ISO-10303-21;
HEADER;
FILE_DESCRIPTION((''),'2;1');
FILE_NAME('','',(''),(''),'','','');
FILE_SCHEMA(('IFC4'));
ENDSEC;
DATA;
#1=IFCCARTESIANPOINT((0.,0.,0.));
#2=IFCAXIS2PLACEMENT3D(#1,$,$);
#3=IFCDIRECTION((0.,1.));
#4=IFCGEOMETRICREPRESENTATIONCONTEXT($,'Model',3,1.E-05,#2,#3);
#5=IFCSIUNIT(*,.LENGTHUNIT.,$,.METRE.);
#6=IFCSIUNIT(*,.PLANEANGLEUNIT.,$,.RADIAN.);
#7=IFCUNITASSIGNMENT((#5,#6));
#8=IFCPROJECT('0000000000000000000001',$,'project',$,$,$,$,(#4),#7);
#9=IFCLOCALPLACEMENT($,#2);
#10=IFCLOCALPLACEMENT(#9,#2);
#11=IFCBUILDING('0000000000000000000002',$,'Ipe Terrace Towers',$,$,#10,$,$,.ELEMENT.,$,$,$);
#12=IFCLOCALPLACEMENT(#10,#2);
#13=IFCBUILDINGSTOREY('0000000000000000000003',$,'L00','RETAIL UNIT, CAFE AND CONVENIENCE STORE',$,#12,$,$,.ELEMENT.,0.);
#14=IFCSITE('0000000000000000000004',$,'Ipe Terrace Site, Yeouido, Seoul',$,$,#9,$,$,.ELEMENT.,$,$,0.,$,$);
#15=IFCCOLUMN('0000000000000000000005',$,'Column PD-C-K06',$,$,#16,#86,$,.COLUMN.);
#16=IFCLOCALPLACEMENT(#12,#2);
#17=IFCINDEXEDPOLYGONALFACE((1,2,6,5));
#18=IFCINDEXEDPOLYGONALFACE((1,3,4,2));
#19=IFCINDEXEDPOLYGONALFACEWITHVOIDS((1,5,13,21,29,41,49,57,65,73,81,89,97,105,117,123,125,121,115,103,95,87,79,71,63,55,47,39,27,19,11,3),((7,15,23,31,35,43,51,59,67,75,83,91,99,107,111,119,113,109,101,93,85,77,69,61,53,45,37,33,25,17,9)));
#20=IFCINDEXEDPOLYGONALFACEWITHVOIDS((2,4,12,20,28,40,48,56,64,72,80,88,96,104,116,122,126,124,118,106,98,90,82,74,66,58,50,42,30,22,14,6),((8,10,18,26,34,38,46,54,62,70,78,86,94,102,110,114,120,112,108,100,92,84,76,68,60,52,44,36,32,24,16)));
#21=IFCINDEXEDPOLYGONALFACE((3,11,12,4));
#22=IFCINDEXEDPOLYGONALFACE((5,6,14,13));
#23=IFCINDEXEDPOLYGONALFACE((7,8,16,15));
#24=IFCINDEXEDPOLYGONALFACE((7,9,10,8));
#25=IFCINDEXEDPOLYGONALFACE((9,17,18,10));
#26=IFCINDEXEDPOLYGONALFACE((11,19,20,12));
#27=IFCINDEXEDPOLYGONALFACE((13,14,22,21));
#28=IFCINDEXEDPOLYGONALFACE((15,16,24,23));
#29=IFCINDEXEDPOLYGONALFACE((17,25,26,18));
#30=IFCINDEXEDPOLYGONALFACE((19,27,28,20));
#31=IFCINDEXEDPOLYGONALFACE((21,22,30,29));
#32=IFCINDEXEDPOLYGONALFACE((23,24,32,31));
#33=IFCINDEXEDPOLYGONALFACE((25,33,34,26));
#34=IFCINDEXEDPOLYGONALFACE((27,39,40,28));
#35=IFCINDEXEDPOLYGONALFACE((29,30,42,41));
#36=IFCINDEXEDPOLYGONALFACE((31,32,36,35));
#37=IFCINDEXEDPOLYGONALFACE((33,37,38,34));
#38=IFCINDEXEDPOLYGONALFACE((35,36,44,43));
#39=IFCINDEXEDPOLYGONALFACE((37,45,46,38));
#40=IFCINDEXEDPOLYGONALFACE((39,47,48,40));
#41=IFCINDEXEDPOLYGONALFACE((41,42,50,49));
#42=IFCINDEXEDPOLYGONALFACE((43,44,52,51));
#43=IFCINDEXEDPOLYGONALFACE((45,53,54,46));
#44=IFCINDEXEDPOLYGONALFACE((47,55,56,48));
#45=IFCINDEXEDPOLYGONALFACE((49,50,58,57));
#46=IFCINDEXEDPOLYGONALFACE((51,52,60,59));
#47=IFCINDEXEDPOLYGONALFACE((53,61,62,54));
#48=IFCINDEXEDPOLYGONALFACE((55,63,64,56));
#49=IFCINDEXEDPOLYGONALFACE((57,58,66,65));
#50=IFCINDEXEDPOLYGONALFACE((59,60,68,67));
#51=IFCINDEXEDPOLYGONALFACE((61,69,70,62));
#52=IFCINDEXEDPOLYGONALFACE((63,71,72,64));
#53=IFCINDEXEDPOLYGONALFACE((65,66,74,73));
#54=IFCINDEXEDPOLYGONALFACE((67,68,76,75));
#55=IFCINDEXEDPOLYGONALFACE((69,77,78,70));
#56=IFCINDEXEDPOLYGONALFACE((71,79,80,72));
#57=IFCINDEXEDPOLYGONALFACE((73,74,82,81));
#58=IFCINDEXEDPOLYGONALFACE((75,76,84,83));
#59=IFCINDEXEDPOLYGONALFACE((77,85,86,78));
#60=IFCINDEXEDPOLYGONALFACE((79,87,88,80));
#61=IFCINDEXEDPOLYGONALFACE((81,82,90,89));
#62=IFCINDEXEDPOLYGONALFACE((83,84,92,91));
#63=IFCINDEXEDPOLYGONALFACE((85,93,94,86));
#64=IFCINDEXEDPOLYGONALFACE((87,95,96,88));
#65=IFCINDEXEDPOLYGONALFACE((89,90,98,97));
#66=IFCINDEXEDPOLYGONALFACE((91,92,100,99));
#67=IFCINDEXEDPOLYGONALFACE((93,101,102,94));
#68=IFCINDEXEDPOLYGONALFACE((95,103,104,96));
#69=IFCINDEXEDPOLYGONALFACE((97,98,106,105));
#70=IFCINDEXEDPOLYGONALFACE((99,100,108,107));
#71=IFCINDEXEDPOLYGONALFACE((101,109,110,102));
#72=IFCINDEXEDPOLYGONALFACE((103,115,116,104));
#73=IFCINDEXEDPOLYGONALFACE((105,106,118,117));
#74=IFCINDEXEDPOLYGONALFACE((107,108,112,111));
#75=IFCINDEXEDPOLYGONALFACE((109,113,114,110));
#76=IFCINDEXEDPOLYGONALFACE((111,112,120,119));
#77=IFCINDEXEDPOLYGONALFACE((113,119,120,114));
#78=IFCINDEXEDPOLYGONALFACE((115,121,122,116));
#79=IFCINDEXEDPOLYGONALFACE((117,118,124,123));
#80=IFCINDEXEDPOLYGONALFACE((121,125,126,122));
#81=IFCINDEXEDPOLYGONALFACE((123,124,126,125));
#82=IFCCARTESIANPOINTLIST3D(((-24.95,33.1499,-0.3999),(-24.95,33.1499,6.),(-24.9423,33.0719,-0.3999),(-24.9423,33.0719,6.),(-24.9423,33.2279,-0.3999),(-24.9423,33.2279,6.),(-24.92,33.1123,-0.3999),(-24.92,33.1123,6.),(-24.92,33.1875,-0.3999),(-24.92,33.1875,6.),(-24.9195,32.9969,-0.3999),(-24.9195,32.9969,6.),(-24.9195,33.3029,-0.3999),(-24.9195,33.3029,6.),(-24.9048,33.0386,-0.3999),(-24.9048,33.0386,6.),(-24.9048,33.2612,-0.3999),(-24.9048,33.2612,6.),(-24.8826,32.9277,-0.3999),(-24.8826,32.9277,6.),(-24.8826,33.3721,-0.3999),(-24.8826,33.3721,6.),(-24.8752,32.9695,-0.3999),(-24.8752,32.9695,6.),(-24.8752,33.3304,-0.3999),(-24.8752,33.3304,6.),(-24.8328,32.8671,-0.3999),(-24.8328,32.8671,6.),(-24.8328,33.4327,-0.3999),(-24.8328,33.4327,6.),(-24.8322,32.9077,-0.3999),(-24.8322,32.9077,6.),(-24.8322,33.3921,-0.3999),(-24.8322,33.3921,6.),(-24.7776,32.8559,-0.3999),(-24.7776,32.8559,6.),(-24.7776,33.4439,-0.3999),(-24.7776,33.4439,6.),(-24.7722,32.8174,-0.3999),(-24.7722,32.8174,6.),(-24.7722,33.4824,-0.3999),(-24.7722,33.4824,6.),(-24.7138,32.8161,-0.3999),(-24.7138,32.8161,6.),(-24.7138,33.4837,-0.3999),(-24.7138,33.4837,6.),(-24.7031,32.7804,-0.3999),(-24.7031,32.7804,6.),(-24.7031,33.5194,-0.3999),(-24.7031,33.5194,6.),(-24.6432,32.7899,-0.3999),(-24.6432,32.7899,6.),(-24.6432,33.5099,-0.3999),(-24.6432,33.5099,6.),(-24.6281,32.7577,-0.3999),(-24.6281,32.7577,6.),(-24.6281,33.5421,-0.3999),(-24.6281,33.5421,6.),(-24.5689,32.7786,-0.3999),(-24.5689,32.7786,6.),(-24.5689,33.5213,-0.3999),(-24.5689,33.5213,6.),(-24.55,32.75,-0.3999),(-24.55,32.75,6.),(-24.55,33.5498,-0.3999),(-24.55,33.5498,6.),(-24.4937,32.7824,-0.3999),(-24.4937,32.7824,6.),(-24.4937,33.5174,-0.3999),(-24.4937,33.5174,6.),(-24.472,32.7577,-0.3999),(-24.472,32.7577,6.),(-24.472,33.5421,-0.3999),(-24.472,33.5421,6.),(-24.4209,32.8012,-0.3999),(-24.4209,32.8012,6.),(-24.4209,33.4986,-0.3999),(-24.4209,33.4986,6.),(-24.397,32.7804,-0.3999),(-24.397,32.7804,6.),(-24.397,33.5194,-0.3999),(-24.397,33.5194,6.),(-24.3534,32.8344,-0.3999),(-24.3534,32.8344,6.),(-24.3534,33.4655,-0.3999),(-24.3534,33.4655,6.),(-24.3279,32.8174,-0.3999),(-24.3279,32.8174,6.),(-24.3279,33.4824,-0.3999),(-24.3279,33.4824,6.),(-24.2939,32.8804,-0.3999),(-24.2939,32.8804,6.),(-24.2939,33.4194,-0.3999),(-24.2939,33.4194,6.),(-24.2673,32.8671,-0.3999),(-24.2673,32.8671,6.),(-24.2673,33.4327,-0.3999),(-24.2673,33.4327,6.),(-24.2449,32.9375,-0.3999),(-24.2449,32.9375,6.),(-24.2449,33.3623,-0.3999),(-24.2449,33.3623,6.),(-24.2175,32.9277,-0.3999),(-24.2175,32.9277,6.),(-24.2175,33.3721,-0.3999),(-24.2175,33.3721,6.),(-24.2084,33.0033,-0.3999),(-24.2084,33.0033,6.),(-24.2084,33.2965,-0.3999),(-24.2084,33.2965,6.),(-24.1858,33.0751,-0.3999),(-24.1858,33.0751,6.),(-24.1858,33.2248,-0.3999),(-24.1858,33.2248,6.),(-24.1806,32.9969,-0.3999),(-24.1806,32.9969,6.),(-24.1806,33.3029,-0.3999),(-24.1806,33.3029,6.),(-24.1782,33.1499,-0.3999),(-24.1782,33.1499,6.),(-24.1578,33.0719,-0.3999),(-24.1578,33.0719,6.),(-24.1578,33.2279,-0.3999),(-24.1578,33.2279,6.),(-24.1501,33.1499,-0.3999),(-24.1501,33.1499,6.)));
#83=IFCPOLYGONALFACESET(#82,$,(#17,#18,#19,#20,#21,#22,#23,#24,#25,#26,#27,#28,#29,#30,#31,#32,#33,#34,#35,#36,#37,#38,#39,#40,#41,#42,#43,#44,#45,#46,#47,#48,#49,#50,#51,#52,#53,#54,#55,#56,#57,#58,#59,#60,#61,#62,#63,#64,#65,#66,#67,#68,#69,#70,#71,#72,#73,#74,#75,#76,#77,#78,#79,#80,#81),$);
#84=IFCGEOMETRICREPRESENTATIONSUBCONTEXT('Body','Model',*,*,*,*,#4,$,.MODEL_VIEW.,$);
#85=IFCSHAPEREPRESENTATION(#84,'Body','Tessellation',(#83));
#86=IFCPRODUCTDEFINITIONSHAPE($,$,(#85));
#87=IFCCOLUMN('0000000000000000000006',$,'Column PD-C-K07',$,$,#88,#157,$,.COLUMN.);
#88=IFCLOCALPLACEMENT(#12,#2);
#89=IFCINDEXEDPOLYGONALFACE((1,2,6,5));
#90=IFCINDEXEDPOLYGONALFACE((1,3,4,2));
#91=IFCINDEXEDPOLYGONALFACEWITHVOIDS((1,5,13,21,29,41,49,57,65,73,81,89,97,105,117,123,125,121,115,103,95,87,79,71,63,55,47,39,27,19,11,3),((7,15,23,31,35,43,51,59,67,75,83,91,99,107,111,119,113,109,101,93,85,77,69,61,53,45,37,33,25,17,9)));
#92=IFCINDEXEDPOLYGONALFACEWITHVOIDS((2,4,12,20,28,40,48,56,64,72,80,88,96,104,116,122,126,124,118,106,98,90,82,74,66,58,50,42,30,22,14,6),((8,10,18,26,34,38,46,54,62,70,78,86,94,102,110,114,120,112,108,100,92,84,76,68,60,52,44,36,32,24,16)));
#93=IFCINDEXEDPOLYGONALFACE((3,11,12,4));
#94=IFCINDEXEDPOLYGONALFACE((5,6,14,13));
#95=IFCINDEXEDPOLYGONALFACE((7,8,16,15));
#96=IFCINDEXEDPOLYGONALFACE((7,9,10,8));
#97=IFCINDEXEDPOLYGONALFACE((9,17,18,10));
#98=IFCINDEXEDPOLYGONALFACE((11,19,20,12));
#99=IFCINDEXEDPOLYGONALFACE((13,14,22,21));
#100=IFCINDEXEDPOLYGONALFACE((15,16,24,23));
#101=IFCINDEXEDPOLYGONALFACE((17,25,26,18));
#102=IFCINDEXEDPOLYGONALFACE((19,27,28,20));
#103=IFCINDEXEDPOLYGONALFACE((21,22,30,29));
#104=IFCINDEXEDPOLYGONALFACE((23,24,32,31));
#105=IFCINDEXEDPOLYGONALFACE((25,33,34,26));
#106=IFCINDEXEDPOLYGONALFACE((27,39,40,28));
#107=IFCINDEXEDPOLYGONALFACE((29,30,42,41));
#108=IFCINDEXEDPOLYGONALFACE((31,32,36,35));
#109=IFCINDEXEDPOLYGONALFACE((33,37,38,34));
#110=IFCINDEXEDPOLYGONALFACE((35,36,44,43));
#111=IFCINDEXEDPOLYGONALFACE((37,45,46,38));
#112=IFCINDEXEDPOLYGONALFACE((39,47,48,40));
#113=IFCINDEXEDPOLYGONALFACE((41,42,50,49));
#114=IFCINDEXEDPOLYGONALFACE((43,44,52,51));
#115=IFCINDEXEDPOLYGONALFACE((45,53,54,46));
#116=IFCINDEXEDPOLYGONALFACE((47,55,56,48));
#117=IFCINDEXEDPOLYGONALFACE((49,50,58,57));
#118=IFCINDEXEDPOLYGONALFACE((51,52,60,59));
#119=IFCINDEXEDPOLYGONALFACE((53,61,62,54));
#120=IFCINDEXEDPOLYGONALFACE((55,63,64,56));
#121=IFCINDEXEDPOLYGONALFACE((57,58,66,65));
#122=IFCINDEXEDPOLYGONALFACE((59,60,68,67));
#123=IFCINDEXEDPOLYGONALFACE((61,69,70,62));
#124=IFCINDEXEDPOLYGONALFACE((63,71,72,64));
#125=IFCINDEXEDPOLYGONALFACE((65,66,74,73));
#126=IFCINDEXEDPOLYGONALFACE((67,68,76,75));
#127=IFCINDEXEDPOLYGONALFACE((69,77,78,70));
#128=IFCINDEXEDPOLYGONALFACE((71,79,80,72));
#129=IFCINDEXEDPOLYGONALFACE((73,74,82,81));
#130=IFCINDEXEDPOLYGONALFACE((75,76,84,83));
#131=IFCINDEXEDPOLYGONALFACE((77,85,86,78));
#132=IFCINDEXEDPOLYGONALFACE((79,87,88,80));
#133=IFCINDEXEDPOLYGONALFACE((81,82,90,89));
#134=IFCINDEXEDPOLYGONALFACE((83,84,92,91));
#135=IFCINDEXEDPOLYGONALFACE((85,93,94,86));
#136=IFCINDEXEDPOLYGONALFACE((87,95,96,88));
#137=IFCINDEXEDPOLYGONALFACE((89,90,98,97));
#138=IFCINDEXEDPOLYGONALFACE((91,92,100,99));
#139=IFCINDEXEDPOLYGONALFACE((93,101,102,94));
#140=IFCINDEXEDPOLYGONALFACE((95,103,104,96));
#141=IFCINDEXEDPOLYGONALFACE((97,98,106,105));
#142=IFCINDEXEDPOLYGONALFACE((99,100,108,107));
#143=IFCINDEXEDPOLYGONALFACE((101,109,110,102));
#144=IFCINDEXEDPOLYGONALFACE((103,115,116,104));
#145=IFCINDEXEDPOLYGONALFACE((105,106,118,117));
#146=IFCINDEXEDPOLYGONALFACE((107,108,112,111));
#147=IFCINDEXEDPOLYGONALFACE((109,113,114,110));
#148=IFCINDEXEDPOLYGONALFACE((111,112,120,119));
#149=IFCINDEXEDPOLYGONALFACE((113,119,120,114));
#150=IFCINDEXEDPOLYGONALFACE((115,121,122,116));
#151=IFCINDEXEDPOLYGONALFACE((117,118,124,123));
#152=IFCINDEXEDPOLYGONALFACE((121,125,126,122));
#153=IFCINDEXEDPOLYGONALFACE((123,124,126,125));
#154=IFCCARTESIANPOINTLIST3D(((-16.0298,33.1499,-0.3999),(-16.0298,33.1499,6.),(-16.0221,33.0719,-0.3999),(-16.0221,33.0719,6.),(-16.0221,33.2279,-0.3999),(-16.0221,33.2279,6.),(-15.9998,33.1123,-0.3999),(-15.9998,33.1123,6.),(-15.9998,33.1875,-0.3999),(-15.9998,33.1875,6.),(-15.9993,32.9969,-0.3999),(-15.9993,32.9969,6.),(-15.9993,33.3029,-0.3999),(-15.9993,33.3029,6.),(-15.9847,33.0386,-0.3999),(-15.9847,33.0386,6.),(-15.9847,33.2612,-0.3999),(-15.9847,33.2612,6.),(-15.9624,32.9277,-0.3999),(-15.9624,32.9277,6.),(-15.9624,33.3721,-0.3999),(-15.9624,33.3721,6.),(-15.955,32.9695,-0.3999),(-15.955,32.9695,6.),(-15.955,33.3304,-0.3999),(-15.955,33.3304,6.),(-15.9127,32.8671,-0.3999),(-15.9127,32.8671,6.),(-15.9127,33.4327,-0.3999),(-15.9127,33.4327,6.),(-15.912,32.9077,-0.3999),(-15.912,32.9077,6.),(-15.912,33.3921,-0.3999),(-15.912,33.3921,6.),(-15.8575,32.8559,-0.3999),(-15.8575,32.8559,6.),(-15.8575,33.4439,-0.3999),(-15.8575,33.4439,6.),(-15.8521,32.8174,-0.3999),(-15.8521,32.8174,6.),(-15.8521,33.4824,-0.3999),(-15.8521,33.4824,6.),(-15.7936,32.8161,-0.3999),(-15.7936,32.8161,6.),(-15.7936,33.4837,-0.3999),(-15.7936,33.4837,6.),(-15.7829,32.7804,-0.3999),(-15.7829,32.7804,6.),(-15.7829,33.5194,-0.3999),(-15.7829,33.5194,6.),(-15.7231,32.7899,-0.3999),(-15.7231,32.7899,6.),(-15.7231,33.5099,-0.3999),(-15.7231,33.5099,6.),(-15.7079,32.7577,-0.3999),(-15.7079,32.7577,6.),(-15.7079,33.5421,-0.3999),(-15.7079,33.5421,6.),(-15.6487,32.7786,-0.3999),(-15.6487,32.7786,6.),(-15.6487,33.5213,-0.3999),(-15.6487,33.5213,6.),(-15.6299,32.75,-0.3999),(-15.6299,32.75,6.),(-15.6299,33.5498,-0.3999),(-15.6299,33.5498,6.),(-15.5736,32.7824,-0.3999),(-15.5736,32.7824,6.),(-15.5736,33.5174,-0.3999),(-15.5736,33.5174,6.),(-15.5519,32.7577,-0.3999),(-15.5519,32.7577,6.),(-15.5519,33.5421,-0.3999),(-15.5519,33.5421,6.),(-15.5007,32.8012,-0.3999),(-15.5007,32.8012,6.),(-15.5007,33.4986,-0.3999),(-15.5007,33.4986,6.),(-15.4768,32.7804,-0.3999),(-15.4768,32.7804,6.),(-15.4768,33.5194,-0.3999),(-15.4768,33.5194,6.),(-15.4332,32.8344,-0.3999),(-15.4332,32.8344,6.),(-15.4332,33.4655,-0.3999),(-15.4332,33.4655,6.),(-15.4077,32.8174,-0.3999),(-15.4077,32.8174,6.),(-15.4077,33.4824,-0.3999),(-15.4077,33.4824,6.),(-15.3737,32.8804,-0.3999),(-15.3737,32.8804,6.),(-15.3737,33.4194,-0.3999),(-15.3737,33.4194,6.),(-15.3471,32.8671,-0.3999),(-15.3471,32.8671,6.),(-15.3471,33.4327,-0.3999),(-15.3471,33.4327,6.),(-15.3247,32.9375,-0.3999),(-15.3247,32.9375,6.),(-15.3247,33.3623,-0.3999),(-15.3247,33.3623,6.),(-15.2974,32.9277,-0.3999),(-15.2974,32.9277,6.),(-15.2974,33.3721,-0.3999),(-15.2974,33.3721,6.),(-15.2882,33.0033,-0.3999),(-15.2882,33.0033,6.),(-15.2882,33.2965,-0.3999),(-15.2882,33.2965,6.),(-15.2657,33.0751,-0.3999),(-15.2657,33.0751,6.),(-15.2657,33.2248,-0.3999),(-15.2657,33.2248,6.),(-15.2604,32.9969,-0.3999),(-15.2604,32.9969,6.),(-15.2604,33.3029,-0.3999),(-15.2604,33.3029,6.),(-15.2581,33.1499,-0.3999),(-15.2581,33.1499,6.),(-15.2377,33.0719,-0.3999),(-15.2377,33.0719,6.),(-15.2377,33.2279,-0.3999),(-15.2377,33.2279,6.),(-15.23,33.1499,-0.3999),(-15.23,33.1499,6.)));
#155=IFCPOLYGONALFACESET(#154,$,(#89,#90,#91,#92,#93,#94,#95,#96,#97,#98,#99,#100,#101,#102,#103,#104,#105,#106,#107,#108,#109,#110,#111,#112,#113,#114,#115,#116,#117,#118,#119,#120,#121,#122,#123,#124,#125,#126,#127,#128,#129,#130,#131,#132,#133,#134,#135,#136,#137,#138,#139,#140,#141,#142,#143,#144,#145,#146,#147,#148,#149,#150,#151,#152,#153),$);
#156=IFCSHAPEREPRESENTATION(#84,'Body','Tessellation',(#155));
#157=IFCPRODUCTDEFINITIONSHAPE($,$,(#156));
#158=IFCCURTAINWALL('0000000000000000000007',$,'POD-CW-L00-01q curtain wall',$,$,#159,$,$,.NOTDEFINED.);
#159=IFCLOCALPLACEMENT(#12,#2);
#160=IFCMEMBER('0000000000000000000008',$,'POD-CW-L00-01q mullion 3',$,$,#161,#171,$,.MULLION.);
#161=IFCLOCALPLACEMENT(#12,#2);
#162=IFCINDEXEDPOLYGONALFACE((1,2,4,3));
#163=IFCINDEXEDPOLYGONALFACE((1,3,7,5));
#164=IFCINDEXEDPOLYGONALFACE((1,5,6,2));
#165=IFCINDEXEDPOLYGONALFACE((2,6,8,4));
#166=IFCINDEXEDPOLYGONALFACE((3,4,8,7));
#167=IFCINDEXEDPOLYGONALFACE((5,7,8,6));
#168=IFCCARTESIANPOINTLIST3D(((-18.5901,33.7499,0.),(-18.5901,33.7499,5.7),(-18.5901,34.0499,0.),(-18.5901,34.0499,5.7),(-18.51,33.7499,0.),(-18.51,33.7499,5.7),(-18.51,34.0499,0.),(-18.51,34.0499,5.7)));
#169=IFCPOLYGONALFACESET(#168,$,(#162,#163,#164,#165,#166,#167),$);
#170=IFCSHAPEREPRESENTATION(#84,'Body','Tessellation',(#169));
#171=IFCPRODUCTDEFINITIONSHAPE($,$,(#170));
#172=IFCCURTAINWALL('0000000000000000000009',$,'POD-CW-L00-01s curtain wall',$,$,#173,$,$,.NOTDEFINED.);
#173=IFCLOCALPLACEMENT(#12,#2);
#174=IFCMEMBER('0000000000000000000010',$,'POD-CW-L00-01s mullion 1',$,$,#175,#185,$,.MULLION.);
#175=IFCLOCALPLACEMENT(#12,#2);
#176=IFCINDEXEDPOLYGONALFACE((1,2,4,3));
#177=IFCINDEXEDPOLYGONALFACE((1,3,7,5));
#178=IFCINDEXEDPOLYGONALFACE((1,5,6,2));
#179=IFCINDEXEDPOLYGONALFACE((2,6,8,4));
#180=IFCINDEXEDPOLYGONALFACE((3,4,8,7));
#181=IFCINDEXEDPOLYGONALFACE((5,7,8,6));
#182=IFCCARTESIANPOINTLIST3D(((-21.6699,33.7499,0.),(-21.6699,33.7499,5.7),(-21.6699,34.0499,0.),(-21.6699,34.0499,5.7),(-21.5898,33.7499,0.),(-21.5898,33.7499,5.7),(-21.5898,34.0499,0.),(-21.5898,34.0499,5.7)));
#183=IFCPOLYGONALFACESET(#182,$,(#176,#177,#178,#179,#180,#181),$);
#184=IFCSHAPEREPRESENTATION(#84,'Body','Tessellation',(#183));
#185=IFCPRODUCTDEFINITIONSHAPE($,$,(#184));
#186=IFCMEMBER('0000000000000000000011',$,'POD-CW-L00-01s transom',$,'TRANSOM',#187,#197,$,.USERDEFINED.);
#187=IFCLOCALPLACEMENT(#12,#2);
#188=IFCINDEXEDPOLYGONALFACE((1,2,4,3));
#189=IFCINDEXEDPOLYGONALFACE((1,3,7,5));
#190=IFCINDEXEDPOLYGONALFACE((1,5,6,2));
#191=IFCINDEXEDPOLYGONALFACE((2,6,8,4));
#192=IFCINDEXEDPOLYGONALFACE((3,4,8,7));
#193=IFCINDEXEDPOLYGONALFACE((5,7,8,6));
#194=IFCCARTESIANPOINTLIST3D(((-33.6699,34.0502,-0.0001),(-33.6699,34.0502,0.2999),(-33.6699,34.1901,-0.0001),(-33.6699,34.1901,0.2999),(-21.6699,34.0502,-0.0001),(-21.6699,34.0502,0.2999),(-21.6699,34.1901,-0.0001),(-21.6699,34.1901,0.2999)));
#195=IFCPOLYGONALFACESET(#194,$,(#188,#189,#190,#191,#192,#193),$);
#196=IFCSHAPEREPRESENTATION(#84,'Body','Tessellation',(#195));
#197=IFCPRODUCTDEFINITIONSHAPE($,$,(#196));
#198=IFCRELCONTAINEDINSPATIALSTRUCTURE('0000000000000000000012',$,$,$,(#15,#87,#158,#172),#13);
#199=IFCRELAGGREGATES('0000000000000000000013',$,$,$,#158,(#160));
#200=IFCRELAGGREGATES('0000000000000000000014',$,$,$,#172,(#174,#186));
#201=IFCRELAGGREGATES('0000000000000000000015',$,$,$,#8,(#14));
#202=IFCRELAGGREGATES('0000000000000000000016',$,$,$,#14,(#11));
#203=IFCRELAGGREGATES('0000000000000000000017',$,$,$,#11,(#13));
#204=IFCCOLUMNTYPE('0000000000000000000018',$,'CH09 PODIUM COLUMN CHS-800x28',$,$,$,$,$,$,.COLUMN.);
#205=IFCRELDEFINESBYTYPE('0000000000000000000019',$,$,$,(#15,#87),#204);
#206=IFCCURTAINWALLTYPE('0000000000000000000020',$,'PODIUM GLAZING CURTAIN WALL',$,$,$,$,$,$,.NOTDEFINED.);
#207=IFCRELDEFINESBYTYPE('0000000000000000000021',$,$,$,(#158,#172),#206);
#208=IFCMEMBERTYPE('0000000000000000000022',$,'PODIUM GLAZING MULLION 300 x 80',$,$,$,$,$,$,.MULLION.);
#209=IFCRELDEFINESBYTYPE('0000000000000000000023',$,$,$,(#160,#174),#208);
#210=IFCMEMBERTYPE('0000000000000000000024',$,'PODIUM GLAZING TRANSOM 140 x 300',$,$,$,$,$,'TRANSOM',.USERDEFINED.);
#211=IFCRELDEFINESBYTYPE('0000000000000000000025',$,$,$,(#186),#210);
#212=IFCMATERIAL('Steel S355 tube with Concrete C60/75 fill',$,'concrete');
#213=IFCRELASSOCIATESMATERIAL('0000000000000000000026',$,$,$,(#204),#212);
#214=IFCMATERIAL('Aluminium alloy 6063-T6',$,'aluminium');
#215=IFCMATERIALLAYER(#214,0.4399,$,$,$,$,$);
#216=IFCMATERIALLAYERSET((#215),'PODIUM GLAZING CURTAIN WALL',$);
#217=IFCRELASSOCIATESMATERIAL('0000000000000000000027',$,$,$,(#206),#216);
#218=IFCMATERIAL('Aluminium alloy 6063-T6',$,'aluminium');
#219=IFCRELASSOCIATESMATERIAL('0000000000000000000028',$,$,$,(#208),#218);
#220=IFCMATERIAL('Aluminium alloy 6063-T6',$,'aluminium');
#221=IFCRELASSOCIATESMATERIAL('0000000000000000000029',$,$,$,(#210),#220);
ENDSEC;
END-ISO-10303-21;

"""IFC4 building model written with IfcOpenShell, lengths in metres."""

from ifc_helpers import new_model, si_unit, direction, frame, origin, origin_2d, place, context, subcontext, project, spatial, rectangle, hollow_circle, extrude, material, layer, layer_set, material_profile, profile_set, type_object, element, aggregate, save


model = new_model("IFC4")

# Units and contexts
model_context = context("Model", 3, precision=1e-05, world=origin(), true_north=direction((0.0, 1.0)))
body_context = subcontext(model_context, "Body", "Model", "MODEL_VIEW")
ifc_project = project(units=[si_unit("LENGTHUNIT", "METRE"), si_unit("PLANEANGLEUNIT", "RADIAN")], contexts=[model_context])

# Site, building, storey
site_placement = place(None, origin())
site = spatial("IfcSite", under=ifc_project, at=site_placement, Name="Ipe Terrace Site, Yeouido, Seoul", CompositionType="ELEMENT", RefElevation=0.0)
building_placement = place(site_placement, origin())
building = spatial("IfcBuilding", under=site, at=building_placement, Name="Ipe Terrace Towers", CompositionType="ELEMENT")
storey_placement = place(building_placement, origin())
storey = spatial("IfcBuildingStorey", under=building, at=storey_placement, Name="L00", Description="RETAIL UNIT, CAFE AND CONVENIENCE STORE", CompositionType="ELEMENT", Elevation=0.0)

# Columns
ifc_material_1 = material(Name="Steel S355 tube with Concrete C60/75 fill", Category="concrete")
ifc_material_profile_1 = material_profile(ifc_material_1, hollow_circle(Radius=0.3999, WallThickness=0.0281, at=origin_2d()), Name="CHS-800x28")
ifc_profile_set_1 = profile_set([ifc_material_profile_1], Name="Steel S355 tube with Concrete C60/75 fill")
column_type = type_object("IfcColumnType", Name="CH09 PODIUM COLUMN CHS-800x28", PredefinedType="COLUMN", material=ifc_profile_set_1)
for number, where, z_axis, x_axis, name in (
    (1, (-24.55, 33.1499, -0.3999), (0.0, 0.0, 1.0), (1.0, 0.0, 0.0), "Column PD-C-K06"),
    (2, (-15.6299, 33.1499, -0.3999), (0.0, 0.0, 1.0), (1.0, 0.0, 0.0), "Column PD-C-K07"),
):
    element("IfcColumn", number, at=place(storey_placement, frame(where, z_axis=z_axis, x_axis=x_axis)), inside=storey, type_object=column_type, Name=name, PredefinedType="COLUMN", context=body_context, shape_type="SweptSolid", body=[
        extrude(hollow_circle(Radius=0.3999, WallThickness=0.0281, at=origin_2d()), origin(), (0.0, 0.0, 1.0), 6.3999),
    ])

# Curtain wall, member
ifc_material_2 = material(Name="Aluminium alloy 6063-T6", Category="aluminium")
ifc_layer_1 = layer(ifc_material_2, 0.4399)
ifc_layer_set_1 = layer_set([ifc_layer_1], Name="PODIUM GLAZING CURTAIN WALL")
curtain_wall_type = type_object("IfcCurtainWallType", Name="PODIUM GLAZING CURTAIN WALL", PredefinedType="NOTDEFINED", material=ifc_layer_set_1)
curtain_wall_1_placement = place(storey_placement, origin())
curtain_wall_1 = element("IfcCurtainWall", 3, at=curtain_wall_1_placement, inside=storey, type_object=curtain_wall_type, Name="POD-CW-L00-01q curtain wall", PredefinedType="NOTDEFINED")
ifc_material_3 = material(Name="Aluminium alloy 6063-T6", Category="aluminium")
ifc_material_profile_2 = material_profile(ifc_material_3, rectangle(XDim=0.3, YDim=0.0801, at=origin_2d()), Name="PODIUM GLAZING MULLION 300 x 80")
ifc_profile_set_2 = profile_set([ifc_material_profile_2], Name="Aluminium alloy 6063-T6")
member_type_1 = type_object("IfcMemberType", Name="PODIUM GLAZING MULLION 300 x 80", PredefinedType="MULLION", material=ifc_profile_set_2)
member_1_placement = place(storey_placement, frame((-18.55, 33.8999, 0.0), z_axis=(0.0, 0.0, 1.0), x_axis=(0.0, 1.0, 0.0)))
member_1 = element("IfcMember", 4, at=member_1_placement, type_object=member_type_1, Name="POD-CW-L00-01q mullion 3", PredefinedType="MULLION", context=body_context, shape_type="SweptSolid", body=[
    extrude(rectangle(XDim=0.3, YDim=0.0801, at=origin_2d()), origin(), (0.0, 0.0, 1.0), 5.7),
])
aggregate(curtain_wall_1, [member_1])

# Curtain wall, members
curtain_wall_2_placement = place(storey_placement, origin())
curtain_wall_2 = element("IfcCurtainWall", 5, at=curtain_wall_2_placement, inside=storey, type_object=curtain_wall_type, Name="POD-CW-L00-01s curtain wall", PredefinedType="NOTDEFINED")
member_2_placement = place(storey_placement, frame((-21.6299, 33.8999, 0.0), z_axis=(0.0, 0.0, 1.0), x_axis=(0.0, 1.0, 0.0)))
member_2 = element("IfcMember", 6, at=member_2_placement, type_object=member_type_1, Name="POD-CW-L00-01s mullion 1", PredefinedType="MULLION", context=body_context, shape_type="SweptSolid", body=[
    extrude(rectangle(XDim=0.3, YDim=0.0801, at=origin_2d()), origin(), (0.0, 0.0, 1.0), 5.7),
])
ifc_material_4 = material(Name="Aluminium alloy 6063-T6", Category="aluminium")
ifc_material_profile_3 = material_profile(ifc_material_4, rectangle(XDim=0.1399, YDim=0.3, at=origin_2d()), Name="PODIUM GLAZING TRANSOM 140 x 300")
ifc_profile_set_3 = profile_set([ifc_material_profile_3], Name="Aluminium alloy 6063-T6")
member_type_2 = type_object("IfcMemberType", Name="PODIUM GLAZING TRANSOM 140 x 300", ElementType="TRANSOM", PredefinedType="USERDEFINED", material=ifc_profile_set_3)
member_3_placement = place(storey_placement, frame((-21.6699, 34.1201, 0.1499), z_axis=(-1.0, 0.0, 0.0), x_axis=(0.0, 1.0, 0.0)))
member_3 = element("IfcMember", 7, at=member_3_placement, type_object=member_type_2, Name="POD-CW-L00-01s transom", ObjectType="TRANSOM", PredefinedType="USERDEFINED", context=body_context, shape_type="SweptSolid", body=[
    extrude(rectangle(XDim=0.1399, YDim=0.3, at=origin_2d()), origin(), (0.0, 0.0, 1.0), 12.0),
])
aggregate(curtain_wall_2, [member_2, member_3])

save(model, "model.ifc")
